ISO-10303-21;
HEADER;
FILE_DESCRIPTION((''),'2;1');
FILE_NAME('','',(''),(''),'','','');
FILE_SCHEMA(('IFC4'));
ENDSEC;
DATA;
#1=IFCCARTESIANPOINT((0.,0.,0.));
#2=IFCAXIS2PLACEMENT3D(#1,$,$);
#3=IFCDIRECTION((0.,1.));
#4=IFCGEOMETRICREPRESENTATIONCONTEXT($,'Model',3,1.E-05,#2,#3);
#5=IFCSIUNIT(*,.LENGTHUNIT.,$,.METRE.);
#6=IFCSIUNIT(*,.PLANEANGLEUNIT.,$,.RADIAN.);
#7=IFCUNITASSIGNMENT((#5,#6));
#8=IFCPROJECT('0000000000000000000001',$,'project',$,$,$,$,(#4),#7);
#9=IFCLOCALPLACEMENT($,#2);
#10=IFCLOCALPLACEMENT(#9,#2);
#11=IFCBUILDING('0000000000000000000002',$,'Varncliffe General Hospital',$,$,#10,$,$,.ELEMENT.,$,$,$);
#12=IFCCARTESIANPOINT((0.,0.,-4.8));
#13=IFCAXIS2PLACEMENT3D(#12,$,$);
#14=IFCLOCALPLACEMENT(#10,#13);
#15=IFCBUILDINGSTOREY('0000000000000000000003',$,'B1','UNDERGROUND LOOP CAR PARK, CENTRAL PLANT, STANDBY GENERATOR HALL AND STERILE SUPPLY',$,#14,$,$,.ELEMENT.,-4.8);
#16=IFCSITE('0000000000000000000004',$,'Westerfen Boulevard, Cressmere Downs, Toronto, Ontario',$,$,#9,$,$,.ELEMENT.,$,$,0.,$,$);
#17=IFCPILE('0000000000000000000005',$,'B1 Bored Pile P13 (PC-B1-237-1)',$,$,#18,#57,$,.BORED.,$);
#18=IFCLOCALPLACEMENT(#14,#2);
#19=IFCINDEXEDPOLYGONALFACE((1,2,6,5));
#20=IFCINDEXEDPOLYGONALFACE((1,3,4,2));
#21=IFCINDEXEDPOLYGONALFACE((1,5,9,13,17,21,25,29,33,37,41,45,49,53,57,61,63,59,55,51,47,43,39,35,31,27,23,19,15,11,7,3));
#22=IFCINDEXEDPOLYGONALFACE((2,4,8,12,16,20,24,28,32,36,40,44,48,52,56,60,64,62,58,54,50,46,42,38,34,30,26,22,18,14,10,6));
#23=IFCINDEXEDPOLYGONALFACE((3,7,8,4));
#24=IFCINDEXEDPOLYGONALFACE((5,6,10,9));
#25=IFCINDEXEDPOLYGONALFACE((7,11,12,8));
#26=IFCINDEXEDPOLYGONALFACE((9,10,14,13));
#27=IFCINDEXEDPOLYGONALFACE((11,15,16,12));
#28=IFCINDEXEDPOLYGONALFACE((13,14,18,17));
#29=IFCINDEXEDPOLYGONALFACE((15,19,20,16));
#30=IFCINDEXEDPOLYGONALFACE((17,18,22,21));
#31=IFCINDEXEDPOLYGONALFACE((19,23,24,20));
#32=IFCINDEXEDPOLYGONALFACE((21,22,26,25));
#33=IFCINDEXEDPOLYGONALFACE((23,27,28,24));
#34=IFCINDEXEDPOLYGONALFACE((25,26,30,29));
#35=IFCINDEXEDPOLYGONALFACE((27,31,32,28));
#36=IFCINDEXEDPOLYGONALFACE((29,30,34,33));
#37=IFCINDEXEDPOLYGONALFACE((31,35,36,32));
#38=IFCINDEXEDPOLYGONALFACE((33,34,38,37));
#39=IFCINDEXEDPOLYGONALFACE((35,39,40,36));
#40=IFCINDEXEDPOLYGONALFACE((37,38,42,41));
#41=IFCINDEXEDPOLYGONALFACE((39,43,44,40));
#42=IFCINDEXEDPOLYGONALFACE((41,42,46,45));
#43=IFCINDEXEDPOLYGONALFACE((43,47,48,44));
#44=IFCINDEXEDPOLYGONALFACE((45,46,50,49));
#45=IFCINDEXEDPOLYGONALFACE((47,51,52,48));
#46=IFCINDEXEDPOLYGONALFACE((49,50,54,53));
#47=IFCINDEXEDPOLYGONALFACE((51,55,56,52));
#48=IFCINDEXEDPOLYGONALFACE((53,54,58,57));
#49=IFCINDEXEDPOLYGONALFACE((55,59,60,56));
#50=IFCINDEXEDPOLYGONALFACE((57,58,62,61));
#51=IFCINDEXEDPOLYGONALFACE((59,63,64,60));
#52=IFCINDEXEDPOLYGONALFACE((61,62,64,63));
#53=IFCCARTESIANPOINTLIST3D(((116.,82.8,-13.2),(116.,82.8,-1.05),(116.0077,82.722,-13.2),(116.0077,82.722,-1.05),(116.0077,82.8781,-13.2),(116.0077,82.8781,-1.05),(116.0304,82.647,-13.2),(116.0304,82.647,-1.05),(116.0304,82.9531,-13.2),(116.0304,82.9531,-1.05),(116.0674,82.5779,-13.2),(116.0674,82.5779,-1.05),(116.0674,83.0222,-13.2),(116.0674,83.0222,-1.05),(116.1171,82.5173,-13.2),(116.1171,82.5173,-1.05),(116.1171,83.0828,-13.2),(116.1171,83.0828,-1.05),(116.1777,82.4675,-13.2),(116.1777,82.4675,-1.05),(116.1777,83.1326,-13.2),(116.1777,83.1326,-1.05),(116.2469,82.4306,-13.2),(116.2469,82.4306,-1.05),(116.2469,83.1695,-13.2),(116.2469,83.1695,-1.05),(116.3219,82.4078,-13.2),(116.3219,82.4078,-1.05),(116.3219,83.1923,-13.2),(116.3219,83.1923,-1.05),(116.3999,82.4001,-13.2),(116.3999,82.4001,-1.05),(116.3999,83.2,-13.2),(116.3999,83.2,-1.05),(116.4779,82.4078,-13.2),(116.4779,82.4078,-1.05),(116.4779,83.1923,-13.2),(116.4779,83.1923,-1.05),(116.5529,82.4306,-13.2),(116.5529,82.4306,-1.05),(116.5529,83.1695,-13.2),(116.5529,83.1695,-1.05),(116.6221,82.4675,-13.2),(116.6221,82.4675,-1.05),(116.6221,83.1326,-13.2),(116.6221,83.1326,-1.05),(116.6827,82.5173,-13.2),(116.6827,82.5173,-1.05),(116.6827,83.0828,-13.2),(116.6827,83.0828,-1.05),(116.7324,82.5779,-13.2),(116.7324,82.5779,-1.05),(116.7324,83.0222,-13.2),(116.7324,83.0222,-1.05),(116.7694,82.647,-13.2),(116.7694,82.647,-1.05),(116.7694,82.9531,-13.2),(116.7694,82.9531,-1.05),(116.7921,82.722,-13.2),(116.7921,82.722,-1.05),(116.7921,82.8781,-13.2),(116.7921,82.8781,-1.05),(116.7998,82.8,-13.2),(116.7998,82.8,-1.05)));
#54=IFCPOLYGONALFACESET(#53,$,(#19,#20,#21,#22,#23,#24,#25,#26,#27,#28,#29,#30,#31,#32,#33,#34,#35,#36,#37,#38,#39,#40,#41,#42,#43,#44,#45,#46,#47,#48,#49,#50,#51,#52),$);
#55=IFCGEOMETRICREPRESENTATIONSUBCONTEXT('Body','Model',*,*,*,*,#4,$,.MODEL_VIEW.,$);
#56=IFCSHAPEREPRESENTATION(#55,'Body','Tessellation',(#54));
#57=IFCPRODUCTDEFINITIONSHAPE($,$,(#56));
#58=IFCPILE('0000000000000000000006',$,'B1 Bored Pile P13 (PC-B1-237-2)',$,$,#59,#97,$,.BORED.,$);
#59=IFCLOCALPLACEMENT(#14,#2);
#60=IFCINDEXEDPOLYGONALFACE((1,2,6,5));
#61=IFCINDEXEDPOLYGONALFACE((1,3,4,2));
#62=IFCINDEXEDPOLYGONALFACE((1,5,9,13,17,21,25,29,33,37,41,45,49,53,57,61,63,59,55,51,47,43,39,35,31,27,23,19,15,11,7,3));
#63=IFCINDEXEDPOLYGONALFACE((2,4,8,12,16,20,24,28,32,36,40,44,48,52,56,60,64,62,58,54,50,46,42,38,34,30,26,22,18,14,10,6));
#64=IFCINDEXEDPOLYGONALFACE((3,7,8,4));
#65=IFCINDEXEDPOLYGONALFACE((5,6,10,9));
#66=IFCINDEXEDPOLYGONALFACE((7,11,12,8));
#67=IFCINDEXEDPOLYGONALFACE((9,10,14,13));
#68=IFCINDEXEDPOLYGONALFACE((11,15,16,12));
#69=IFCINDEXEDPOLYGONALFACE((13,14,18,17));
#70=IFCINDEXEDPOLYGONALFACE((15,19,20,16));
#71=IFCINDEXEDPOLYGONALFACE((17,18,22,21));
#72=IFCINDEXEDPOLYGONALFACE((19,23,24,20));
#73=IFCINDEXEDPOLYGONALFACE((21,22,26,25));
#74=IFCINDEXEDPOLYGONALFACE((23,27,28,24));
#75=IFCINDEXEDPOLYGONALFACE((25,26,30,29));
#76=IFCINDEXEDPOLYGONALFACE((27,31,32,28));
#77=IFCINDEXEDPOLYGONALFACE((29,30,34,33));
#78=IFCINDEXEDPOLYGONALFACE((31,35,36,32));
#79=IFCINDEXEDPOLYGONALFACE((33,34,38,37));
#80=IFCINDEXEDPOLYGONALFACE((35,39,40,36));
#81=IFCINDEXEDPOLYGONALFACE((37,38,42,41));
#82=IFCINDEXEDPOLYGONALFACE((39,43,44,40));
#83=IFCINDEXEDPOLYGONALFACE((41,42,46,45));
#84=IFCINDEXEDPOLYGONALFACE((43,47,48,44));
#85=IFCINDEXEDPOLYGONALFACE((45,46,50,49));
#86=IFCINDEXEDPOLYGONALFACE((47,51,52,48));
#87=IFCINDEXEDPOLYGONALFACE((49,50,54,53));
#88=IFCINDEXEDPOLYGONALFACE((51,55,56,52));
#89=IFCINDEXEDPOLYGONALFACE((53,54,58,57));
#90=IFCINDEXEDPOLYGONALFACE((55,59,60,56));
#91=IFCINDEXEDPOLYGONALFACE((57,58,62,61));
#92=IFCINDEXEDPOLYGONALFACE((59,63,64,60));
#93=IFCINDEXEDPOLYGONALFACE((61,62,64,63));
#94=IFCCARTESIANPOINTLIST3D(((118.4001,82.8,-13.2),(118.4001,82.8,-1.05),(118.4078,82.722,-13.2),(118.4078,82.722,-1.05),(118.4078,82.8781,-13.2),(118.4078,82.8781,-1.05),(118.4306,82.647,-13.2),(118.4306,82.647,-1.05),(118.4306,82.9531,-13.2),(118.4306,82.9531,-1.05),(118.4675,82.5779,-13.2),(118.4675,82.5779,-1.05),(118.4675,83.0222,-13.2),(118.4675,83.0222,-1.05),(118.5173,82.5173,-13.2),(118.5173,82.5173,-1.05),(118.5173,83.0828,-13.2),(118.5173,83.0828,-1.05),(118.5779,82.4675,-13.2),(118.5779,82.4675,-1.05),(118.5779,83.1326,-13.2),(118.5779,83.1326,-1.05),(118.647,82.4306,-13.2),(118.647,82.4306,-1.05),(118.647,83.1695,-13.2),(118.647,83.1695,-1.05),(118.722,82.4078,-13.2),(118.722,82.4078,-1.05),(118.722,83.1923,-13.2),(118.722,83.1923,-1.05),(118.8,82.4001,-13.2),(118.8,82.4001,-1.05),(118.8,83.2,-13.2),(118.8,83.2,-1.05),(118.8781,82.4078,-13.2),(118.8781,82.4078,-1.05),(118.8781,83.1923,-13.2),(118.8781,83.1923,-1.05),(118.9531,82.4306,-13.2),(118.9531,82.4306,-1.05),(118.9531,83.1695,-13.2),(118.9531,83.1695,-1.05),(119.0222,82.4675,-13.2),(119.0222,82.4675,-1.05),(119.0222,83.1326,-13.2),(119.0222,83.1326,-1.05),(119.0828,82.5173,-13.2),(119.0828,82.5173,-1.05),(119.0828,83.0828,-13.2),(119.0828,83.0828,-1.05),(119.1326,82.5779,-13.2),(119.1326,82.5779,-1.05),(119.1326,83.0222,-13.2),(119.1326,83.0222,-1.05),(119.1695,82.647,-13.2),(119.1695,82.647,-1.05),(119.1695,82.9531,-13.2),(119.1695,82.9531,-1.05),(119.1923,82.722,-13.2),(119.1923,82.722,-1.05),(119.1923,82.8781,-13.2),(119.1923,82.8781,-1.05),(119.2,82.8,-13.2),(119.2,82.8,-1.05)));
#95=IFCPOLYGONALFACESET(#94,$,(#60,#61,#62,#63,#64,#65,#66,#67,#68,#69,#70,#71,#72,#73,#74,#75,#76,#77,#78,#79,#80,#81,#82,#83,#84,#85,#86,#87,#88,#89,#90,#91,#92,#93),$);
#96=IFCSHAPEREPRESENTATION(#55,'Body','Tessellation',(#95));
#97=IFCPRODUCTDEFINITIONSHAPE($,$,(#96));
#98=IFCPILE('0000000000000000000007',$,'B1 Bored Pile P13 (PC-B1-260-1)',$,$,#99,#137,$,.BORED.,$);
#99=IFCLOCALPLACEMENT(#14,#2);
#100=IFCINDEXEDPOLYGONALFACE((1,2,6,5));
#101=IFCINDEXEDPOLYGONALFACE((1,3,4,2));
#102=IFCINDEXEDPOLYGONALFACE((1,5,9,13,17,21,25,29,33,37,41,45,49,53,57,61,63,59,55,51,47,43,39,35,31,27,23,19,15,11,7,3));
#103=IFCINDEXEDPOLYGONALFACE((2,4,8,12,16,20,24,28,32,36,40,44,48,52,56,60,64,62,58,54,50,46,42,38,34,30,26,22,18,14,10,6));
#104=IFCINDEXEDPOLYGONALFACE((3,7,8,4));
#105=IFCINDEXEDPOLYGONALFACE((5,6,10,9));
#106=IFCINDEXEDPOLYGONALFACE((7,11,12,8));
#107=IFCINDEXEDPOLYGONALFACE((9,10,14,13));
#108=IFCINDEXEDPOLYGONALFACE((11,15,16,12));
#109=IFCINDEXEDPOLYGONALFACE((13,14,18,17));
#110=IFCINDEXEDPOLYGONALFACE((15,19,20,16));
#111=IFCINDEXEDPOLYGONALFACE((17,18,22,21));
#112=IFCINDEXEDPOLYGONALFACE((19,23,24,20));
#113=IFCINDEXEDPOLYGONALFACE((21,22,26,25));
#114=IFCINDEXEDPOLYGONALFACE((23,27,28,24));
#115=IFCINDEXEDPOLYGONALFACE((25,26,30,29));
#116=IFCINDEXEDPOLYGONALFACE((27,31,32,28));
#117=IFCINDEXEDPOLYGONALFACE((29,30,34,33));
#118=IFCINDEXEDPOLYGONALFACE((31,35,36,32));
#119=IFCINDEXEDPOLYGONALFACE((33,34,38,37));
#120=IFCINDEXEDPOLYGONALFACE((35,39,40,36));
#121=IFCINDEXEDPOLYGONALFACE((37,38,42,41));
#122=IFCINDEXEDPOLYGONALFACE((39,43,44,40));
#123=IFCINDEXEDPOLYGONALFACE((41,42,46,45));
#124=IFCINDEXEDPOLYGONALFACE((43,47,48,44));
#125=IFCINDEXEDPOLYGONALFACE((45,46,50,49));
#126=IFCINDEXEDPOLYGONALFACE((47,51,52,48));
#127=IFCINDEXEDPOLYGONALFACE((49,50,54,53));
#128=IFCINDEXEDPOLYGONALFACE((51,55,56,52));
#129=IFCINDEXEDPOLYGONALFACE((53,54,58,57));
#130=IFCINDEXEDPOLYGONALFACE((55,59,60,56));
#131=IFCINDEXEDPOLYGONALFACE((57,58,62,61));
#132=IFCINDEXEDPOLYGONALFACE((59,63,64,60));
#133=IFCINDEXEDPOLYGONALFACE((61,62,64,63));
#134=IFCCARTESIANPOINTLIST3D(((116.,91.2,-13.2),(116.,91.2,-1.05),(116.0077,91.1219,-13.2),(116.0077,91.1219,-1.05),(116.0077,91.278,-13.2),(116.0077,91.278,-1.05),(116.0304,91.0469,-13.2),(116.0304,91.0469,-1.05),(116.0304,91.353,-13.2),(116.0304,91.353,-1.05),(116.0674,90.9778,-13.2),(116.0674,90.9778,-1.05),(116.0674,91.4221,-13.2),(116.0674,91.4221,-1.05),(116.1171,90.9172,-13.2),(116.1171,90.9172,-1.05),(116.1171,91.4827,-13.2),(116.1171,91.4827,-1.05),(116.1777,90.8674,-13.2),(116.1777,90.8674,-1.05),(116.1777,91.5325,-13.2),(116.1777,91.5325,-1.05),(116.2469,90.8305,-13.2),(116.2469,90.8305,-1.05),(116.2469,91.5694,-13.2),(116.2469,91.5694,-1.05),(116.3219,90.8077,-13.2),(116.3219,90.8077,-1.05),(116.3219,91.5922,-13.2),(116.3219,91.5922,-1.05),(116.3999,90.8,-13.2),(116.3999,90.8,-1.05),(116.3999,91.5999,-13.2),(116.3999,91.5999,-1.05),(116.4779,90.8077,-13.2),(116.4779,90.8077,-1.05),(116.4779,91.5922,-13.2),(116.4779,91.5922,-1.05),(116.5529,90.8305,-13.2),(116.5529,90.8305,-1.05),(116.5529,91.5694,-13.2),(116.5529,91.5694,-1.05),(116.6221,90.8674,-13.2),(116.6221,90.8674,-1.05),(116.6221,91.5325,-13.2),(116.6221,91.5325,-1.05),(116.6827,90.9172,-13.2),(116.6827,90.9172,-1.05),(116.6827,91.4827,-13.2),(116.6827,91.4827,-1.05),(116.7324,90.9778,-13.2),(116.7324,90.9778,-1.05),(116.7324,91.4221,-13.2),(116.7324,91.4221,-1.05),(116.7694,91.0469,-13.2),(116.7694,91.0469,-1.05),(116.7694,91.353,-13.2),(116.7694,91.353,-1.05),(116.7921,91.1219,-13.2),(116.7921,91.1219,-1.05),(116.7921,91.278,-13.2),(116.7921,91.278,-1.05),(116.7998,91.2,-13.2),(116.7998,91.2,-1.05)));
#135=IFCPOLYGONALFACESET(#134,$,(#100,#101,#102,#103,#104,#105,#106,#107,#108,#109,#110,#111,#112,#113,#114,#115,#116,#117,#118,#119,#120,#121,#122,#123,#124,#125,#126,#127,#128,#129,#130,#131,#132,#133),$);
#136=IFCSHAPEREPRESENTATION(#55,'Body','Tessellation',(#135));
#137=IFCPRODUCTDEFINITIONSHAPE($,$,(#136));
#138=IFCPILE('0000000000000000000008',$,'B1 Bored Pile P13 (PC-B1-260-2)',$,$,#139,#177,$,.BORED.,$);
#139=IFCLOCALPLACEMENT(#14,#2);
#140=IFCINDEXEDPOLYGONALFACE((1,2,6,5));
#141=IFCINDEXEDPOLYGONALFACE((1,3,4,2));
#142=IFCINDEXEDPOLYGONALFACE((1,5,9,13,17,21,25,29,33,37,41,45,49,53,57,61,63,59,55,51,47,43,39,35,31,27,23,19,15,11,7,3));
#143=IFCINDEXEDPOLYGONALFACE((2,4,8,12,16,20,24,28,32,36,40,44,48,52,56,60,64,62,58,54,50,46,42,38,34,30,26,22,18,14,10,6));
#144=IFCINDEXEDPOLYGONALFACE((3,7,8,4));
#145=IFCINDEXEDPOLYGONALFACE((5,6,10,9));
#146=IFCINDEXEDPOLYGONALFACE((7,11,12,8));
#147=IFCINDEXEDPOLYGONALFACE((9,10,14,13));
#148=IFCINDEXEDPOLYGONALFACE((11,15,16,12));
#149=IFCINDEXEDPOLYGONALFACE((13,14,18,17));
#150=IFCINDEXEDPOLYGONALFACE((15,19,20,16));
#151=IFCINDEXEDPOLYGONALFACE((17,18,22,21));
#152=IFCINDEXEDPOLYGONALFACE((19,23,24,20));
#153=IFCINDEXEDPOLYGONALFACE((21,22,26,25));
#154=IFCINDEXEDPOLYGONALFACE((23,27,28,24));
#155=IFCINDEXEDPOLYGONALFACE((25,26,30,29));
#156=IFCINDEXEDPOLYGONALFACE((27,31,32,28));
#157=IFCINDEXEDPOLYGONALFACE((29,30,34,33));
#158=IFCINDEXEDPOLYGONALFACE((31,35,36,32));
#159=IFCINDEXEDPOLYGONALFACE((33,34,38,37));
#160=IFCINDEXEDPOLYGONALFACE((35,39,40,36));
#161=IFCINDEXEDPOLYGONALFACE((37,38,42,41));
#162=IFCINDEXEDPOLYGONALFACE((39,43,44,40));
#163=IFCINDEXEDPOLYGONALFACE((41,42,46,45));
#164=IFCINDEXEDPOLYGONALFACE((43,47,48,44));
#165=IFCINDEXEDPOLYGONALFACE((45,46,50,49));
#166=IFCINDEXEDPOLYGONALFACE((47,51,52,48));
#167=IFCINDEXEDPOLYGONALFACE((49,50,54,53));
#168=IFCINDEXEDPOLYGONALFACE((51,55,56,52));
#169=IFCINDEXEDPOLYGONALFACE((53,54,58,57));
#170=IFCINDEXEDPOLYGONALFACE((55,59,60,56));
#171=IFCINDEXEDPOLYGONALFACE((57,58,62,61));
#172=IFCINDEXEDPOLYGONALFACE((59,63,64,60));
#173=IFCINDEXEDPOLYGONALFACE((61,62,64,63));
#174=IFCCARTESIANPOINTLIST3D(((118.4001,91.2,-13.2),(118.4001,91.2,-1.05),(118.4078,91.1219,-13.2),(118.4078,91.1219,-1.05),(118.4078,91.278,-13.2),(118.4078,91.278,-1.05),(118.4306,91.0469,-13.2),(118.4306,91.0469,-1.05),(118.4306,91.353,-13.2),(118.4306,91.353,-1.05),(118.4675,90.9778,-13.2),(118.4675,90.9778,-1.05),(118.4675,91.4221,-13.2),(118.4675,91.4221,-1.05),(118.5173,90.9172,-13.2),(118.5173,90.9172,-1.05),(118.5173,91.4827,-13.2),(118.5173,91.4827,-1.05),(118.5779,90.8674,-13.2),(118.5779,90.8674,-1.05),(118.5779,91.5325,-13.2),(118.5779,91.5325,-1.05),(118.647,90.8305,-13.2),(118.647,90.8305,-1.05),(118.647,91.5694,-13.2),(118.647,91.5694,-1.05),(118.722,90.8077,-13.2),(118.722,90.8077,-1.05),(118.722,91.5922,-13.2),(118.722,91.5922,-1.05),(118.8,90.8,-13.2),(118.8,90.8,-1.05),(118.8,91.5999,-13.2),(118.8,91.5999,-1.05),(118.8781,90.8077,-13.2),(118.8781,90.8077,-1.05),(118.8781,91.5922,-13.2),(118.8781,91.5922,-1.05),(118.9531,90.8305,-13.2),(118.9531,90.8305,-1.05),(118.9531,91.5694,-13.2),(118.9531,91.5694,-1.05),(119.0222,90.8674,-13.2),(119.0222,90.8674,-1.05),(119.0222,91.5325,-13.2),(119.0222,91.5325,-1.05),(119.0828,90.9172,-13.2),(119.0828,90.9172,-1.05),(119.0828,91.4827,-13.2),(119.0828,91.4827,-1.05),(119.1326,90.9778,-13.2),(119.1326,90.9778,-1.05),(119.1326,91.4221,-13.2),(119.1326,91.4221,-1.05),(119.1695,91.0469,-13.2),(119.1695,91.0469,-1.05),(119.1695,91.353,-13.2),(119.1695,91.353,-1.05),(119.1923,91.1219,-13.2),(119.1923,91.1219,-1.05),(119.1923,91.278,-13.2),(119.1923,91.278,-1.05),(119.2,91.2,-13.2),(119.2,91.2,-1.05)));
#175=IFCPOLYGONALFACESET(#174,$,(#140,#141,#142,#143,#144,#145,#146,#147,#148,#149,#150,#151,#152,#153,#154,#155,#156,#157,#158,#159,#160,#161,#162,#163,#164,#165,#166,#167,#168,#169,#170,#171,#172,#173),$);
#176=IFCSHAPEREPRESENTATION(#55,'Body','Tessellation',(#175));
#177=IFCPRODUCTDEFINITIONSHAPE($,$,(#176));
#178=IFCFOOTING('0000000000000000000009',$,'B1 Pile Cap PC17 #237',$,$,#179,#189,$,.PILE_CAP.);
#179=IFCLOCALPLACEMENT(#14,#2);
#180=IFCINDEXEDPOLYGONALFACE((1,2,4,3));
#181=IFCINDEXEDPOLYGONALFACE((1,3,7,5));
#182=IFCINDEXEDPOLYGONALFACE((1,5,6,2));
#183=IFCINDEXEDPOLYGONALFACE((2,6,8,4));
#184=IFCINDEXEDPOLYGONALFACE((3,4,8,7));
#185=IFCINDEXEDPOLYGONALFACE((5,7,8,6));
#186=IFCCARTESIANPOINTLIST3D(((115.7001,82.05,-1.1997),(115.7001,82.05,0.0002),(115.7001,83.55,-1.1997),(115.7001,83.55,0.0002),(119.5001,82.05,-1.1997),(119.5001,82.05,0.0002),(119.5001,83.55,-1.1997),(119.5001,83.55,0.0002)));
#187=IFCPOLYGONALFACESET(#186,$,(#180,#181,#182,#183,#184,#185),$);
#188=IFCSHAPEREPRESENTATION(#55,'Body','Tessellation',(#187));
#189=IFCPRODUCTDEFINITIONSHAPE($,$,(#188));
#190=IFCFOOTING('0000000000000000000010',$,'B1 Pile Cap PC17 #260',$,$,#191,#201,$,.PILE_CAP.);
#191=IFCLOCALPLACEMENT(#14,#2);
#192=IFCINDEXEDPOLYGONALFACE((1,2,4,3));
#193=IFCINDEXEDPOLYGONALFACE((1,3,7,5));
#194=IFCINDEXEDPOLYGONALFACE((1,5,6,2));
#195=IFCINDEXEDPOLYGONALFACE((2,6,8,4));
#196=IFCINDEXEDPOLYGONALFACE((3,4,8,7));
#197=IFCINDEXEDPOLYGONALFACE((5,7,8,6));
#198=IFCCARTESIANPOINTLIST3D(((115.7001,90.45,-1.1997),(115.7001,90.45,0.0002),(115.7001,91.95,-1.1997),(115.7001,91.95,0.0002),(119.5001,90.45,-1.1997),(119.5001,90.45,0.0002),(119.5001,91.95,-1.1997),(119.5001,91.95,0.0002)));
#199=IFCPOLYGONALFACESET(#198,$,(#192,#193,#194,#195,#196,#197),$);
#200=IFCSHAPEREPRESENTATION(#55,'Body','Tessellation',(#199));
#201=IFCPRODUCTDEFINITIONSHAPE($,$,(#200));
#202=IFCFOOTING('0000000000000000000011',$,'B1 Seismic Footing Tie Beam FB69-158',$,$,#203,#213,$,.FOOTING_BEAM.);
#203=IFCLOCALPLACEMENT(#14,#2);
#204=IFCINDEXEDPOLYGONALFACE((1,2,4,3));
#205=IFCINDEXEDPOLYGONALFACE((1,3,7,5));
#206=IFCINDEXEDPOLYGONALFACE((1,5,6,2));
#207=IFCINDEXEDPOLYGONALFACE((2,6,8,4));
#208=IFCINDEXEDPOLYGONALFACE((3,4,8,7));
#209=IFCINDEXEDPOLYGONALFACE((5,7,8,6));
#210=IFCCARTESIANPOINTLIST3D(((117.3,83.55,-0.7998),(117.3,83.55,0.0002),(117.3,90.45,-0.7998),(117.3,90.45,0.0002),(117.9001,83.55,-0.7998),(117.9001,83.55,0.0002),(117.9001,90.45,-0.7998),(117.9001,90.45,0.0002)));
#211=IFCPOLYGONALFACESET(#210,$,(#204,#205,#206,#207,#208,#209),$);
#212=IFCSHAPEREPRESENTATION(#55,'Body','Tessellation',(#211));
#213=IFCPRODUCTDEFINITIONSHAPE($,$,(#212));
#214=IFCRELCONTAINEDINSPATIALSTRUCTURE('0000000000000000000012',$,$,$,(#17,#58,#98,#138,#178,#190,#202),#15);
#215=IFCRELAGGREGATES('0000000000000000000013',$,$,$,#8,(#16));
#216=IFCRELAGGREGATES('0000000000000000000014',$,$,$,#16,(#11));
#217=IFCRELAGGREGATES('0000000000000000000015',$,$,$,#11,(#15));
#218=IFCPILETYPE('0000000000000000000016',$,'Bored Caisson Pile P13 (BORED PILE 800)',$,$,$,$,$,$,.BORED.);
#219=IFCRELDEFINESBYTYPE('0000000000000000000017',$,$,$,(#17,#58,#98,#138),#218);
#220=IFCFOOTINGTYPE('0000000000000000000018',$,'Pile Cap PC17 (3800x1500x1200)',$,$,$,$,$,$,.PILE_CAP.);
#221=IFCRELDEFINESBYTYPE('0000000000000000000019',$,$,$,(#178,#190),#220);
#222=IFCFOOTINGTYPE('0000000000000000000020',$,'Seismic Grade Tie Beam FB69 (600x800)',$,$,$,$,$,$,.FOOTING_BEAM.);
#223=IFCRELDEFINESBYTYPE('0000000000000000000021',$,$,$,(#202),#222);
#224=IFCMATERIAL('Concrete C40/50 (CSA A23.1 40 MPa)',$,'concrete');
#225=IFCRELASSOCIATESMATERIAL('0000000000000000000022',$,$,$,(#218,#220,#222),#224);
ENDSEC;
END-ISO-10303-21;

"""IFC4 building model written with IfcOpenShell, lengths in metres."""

from ifc_helpers import new_model, si_unit, direction, frame, origin, origin_2d, place, context, subcontext, project, spatial, rectangle, circle, extrude, material, material_profile, profile_set, type_object, element, save


model = new_model("IFC4")

# Units and contexts
model_context = context("Model", 3, precision=1e-05, world=origin(), true_north=direction((0.0, 1.0)))
body_context = subcontext(model_context, "Body", "Model", "MODEL_VIEW")
ifc_project = project(units=[si_unit("LENGTHUNIT", "METRE"), si_unit("PLANEANGLEUNIT", "RADIAN")], contexts=[model_context])

# Site, building, storey
site_placement = place(None, origin())
site = spatial("IfcSite", under=ifc_project, at=site_placement, Name="Westerfen Boulevard, Cressmere Downs, Toronto, Ontario", CompositionType="ELEMENT", RefElevation=0.0)
building_placement = place(site_placement, origin())
building = spatial("IfcBuilding", under=site, at=building_placement, Name="Varncliffe General Hospital", CompositionType="ELEMENT")
storey_placement = place(building_placement, frame((0.0, 0.0, -4.8)))
storey = spatial("IfcBuildingStorey", under=building, at=storey_placement, Name="B1", Description="UNDERGROUND LOOP CAR PARK, CENTRAL PLANT, STANDBY GENERATOR HALL AND STERILE SUPPLY", CompositionType="ELEMENT", Elevation=-4.8)

# Piles
ifc_material_1 = material(Name="Concrete C40/50 (CSA A23.1 40 MPa)", Category="concrete")
ifc_material_profile_1 = material_profile(ifc_material_1, circle(Radius=0.3999, at=origin_2d()), Name="BORED PILE 800")
ifc_profile_set_1 = profile_set([ifc_material_profile_1], Name="Concrete C40/50 (CSA A23.1 40 MPa)")
pile_type = type_object("IfcPileType", Name="Bored Caisson Pile P13 (BORED PILE 800)", PredefinedType="BORED", material=ifc_profile_set_1)
for number, where, z_axis, x_axis, name in (
    (1, (116.3999, 82.8, -1.05), (0.0, 0.0, -1.0), (1.0, 0.0, 0.0), "B1 Bored Pile P13 (PC-B1-237-1)"),
    (2, (118.8, 82.8, -1.05), (0.0, 0.0, -1.0), (1.0, 0.0, 0.0), "B1 Bored Pile P13 (PC-B1-237-2)"),
    (3, (116.3999, 91.2, -1.05), (0.0, 0.0, -1.0), (1.0, 0.0, 0.0), "B1 Bored Pile P13 (PC-B1-260-1)"),
    (4, (118.8, 91.2, -1.05), (0.0, 0.0, -1.0), (1.0, 0.0, 0.0), "B1 Bored Pile P13 (PC-B1-260-2)"),
):
    element("IfcPile", number, at=place(storey_placement, frame(where, z_axis=z_axis, x_axis=x_axis)), inside=storey, type_object=pile_type, Name=name, PredefinedType="BORED", context=body_context, shape_type="SweptSolid", body=[
        extrude(circle(Radius=0.3999, at=origin_2d()), origin(), (0.0, 0.0, 1.0), 12.1499),
    ])

# Footings
footing_type_1 = type_object("IfcFootingType", Name="Pile Cap PC17 (3800x1500x1200)", PredefinedType="PILE_CAP", material=ifc_material_1)
for number, where, z_axis, x_axis, name in (
    (5, (117.6001, 82.8, -1.1997), (0.0, 0.0, 1.0), (1.0, 0.0, 0.0), "B1 Pile Cap PC17 #237"),
    (6, (117.6001, 91.2, -1.1997), (0.0, 0.0, 1.0), (1.0, 0.0, 0.0), "B1 Pile Cap PC17 #260"),
):
    element("IfcFooting", number, at=place(storey_placement, frame(where, z_axis=z_axis, x_axis=x_axis)), inside=storey, type_object=footing_type_1, Name=name, PredefinedType="PILE_CAP", context=body_context, shape_type="SweptSolid", body=[
        extrude(rectangle(XDim=3.8, YDim=1.5, at=origin_2d()), origin(), (0.0, 0.0, 1.0), 1.2),
    ])
footing_type_2 = type_object("IfcFootingType", Name="Seismic Grade Tie Beam FB69 (600x800)", PredefinedType="FOOTING_BEAM", material=ifc_material_1)
footing_1_placement = place(storey_placement, frame((117.6001, 87.0, -0.7998), z_axis=(0.0, 0.0, 1.0), x_axis=(1.0, 0.0, 0.0)))
element("IfcFooting", 7, at=footing_1_placement, inside=storey, type_object=footing_type_2, Name="B1 Seismic Footing Tie Beam FB69-158", PredefinedType="FOOTING_BEAM", context=body_context, shape_type="SweptSolid", body=[
    extrude(rectangle(XDim=0.6001, YDim=6.8999, at=origin_2d()), origin(), (0.0, 0.0, 1.0), 0.8),
])

save(model, "model.ifc")
